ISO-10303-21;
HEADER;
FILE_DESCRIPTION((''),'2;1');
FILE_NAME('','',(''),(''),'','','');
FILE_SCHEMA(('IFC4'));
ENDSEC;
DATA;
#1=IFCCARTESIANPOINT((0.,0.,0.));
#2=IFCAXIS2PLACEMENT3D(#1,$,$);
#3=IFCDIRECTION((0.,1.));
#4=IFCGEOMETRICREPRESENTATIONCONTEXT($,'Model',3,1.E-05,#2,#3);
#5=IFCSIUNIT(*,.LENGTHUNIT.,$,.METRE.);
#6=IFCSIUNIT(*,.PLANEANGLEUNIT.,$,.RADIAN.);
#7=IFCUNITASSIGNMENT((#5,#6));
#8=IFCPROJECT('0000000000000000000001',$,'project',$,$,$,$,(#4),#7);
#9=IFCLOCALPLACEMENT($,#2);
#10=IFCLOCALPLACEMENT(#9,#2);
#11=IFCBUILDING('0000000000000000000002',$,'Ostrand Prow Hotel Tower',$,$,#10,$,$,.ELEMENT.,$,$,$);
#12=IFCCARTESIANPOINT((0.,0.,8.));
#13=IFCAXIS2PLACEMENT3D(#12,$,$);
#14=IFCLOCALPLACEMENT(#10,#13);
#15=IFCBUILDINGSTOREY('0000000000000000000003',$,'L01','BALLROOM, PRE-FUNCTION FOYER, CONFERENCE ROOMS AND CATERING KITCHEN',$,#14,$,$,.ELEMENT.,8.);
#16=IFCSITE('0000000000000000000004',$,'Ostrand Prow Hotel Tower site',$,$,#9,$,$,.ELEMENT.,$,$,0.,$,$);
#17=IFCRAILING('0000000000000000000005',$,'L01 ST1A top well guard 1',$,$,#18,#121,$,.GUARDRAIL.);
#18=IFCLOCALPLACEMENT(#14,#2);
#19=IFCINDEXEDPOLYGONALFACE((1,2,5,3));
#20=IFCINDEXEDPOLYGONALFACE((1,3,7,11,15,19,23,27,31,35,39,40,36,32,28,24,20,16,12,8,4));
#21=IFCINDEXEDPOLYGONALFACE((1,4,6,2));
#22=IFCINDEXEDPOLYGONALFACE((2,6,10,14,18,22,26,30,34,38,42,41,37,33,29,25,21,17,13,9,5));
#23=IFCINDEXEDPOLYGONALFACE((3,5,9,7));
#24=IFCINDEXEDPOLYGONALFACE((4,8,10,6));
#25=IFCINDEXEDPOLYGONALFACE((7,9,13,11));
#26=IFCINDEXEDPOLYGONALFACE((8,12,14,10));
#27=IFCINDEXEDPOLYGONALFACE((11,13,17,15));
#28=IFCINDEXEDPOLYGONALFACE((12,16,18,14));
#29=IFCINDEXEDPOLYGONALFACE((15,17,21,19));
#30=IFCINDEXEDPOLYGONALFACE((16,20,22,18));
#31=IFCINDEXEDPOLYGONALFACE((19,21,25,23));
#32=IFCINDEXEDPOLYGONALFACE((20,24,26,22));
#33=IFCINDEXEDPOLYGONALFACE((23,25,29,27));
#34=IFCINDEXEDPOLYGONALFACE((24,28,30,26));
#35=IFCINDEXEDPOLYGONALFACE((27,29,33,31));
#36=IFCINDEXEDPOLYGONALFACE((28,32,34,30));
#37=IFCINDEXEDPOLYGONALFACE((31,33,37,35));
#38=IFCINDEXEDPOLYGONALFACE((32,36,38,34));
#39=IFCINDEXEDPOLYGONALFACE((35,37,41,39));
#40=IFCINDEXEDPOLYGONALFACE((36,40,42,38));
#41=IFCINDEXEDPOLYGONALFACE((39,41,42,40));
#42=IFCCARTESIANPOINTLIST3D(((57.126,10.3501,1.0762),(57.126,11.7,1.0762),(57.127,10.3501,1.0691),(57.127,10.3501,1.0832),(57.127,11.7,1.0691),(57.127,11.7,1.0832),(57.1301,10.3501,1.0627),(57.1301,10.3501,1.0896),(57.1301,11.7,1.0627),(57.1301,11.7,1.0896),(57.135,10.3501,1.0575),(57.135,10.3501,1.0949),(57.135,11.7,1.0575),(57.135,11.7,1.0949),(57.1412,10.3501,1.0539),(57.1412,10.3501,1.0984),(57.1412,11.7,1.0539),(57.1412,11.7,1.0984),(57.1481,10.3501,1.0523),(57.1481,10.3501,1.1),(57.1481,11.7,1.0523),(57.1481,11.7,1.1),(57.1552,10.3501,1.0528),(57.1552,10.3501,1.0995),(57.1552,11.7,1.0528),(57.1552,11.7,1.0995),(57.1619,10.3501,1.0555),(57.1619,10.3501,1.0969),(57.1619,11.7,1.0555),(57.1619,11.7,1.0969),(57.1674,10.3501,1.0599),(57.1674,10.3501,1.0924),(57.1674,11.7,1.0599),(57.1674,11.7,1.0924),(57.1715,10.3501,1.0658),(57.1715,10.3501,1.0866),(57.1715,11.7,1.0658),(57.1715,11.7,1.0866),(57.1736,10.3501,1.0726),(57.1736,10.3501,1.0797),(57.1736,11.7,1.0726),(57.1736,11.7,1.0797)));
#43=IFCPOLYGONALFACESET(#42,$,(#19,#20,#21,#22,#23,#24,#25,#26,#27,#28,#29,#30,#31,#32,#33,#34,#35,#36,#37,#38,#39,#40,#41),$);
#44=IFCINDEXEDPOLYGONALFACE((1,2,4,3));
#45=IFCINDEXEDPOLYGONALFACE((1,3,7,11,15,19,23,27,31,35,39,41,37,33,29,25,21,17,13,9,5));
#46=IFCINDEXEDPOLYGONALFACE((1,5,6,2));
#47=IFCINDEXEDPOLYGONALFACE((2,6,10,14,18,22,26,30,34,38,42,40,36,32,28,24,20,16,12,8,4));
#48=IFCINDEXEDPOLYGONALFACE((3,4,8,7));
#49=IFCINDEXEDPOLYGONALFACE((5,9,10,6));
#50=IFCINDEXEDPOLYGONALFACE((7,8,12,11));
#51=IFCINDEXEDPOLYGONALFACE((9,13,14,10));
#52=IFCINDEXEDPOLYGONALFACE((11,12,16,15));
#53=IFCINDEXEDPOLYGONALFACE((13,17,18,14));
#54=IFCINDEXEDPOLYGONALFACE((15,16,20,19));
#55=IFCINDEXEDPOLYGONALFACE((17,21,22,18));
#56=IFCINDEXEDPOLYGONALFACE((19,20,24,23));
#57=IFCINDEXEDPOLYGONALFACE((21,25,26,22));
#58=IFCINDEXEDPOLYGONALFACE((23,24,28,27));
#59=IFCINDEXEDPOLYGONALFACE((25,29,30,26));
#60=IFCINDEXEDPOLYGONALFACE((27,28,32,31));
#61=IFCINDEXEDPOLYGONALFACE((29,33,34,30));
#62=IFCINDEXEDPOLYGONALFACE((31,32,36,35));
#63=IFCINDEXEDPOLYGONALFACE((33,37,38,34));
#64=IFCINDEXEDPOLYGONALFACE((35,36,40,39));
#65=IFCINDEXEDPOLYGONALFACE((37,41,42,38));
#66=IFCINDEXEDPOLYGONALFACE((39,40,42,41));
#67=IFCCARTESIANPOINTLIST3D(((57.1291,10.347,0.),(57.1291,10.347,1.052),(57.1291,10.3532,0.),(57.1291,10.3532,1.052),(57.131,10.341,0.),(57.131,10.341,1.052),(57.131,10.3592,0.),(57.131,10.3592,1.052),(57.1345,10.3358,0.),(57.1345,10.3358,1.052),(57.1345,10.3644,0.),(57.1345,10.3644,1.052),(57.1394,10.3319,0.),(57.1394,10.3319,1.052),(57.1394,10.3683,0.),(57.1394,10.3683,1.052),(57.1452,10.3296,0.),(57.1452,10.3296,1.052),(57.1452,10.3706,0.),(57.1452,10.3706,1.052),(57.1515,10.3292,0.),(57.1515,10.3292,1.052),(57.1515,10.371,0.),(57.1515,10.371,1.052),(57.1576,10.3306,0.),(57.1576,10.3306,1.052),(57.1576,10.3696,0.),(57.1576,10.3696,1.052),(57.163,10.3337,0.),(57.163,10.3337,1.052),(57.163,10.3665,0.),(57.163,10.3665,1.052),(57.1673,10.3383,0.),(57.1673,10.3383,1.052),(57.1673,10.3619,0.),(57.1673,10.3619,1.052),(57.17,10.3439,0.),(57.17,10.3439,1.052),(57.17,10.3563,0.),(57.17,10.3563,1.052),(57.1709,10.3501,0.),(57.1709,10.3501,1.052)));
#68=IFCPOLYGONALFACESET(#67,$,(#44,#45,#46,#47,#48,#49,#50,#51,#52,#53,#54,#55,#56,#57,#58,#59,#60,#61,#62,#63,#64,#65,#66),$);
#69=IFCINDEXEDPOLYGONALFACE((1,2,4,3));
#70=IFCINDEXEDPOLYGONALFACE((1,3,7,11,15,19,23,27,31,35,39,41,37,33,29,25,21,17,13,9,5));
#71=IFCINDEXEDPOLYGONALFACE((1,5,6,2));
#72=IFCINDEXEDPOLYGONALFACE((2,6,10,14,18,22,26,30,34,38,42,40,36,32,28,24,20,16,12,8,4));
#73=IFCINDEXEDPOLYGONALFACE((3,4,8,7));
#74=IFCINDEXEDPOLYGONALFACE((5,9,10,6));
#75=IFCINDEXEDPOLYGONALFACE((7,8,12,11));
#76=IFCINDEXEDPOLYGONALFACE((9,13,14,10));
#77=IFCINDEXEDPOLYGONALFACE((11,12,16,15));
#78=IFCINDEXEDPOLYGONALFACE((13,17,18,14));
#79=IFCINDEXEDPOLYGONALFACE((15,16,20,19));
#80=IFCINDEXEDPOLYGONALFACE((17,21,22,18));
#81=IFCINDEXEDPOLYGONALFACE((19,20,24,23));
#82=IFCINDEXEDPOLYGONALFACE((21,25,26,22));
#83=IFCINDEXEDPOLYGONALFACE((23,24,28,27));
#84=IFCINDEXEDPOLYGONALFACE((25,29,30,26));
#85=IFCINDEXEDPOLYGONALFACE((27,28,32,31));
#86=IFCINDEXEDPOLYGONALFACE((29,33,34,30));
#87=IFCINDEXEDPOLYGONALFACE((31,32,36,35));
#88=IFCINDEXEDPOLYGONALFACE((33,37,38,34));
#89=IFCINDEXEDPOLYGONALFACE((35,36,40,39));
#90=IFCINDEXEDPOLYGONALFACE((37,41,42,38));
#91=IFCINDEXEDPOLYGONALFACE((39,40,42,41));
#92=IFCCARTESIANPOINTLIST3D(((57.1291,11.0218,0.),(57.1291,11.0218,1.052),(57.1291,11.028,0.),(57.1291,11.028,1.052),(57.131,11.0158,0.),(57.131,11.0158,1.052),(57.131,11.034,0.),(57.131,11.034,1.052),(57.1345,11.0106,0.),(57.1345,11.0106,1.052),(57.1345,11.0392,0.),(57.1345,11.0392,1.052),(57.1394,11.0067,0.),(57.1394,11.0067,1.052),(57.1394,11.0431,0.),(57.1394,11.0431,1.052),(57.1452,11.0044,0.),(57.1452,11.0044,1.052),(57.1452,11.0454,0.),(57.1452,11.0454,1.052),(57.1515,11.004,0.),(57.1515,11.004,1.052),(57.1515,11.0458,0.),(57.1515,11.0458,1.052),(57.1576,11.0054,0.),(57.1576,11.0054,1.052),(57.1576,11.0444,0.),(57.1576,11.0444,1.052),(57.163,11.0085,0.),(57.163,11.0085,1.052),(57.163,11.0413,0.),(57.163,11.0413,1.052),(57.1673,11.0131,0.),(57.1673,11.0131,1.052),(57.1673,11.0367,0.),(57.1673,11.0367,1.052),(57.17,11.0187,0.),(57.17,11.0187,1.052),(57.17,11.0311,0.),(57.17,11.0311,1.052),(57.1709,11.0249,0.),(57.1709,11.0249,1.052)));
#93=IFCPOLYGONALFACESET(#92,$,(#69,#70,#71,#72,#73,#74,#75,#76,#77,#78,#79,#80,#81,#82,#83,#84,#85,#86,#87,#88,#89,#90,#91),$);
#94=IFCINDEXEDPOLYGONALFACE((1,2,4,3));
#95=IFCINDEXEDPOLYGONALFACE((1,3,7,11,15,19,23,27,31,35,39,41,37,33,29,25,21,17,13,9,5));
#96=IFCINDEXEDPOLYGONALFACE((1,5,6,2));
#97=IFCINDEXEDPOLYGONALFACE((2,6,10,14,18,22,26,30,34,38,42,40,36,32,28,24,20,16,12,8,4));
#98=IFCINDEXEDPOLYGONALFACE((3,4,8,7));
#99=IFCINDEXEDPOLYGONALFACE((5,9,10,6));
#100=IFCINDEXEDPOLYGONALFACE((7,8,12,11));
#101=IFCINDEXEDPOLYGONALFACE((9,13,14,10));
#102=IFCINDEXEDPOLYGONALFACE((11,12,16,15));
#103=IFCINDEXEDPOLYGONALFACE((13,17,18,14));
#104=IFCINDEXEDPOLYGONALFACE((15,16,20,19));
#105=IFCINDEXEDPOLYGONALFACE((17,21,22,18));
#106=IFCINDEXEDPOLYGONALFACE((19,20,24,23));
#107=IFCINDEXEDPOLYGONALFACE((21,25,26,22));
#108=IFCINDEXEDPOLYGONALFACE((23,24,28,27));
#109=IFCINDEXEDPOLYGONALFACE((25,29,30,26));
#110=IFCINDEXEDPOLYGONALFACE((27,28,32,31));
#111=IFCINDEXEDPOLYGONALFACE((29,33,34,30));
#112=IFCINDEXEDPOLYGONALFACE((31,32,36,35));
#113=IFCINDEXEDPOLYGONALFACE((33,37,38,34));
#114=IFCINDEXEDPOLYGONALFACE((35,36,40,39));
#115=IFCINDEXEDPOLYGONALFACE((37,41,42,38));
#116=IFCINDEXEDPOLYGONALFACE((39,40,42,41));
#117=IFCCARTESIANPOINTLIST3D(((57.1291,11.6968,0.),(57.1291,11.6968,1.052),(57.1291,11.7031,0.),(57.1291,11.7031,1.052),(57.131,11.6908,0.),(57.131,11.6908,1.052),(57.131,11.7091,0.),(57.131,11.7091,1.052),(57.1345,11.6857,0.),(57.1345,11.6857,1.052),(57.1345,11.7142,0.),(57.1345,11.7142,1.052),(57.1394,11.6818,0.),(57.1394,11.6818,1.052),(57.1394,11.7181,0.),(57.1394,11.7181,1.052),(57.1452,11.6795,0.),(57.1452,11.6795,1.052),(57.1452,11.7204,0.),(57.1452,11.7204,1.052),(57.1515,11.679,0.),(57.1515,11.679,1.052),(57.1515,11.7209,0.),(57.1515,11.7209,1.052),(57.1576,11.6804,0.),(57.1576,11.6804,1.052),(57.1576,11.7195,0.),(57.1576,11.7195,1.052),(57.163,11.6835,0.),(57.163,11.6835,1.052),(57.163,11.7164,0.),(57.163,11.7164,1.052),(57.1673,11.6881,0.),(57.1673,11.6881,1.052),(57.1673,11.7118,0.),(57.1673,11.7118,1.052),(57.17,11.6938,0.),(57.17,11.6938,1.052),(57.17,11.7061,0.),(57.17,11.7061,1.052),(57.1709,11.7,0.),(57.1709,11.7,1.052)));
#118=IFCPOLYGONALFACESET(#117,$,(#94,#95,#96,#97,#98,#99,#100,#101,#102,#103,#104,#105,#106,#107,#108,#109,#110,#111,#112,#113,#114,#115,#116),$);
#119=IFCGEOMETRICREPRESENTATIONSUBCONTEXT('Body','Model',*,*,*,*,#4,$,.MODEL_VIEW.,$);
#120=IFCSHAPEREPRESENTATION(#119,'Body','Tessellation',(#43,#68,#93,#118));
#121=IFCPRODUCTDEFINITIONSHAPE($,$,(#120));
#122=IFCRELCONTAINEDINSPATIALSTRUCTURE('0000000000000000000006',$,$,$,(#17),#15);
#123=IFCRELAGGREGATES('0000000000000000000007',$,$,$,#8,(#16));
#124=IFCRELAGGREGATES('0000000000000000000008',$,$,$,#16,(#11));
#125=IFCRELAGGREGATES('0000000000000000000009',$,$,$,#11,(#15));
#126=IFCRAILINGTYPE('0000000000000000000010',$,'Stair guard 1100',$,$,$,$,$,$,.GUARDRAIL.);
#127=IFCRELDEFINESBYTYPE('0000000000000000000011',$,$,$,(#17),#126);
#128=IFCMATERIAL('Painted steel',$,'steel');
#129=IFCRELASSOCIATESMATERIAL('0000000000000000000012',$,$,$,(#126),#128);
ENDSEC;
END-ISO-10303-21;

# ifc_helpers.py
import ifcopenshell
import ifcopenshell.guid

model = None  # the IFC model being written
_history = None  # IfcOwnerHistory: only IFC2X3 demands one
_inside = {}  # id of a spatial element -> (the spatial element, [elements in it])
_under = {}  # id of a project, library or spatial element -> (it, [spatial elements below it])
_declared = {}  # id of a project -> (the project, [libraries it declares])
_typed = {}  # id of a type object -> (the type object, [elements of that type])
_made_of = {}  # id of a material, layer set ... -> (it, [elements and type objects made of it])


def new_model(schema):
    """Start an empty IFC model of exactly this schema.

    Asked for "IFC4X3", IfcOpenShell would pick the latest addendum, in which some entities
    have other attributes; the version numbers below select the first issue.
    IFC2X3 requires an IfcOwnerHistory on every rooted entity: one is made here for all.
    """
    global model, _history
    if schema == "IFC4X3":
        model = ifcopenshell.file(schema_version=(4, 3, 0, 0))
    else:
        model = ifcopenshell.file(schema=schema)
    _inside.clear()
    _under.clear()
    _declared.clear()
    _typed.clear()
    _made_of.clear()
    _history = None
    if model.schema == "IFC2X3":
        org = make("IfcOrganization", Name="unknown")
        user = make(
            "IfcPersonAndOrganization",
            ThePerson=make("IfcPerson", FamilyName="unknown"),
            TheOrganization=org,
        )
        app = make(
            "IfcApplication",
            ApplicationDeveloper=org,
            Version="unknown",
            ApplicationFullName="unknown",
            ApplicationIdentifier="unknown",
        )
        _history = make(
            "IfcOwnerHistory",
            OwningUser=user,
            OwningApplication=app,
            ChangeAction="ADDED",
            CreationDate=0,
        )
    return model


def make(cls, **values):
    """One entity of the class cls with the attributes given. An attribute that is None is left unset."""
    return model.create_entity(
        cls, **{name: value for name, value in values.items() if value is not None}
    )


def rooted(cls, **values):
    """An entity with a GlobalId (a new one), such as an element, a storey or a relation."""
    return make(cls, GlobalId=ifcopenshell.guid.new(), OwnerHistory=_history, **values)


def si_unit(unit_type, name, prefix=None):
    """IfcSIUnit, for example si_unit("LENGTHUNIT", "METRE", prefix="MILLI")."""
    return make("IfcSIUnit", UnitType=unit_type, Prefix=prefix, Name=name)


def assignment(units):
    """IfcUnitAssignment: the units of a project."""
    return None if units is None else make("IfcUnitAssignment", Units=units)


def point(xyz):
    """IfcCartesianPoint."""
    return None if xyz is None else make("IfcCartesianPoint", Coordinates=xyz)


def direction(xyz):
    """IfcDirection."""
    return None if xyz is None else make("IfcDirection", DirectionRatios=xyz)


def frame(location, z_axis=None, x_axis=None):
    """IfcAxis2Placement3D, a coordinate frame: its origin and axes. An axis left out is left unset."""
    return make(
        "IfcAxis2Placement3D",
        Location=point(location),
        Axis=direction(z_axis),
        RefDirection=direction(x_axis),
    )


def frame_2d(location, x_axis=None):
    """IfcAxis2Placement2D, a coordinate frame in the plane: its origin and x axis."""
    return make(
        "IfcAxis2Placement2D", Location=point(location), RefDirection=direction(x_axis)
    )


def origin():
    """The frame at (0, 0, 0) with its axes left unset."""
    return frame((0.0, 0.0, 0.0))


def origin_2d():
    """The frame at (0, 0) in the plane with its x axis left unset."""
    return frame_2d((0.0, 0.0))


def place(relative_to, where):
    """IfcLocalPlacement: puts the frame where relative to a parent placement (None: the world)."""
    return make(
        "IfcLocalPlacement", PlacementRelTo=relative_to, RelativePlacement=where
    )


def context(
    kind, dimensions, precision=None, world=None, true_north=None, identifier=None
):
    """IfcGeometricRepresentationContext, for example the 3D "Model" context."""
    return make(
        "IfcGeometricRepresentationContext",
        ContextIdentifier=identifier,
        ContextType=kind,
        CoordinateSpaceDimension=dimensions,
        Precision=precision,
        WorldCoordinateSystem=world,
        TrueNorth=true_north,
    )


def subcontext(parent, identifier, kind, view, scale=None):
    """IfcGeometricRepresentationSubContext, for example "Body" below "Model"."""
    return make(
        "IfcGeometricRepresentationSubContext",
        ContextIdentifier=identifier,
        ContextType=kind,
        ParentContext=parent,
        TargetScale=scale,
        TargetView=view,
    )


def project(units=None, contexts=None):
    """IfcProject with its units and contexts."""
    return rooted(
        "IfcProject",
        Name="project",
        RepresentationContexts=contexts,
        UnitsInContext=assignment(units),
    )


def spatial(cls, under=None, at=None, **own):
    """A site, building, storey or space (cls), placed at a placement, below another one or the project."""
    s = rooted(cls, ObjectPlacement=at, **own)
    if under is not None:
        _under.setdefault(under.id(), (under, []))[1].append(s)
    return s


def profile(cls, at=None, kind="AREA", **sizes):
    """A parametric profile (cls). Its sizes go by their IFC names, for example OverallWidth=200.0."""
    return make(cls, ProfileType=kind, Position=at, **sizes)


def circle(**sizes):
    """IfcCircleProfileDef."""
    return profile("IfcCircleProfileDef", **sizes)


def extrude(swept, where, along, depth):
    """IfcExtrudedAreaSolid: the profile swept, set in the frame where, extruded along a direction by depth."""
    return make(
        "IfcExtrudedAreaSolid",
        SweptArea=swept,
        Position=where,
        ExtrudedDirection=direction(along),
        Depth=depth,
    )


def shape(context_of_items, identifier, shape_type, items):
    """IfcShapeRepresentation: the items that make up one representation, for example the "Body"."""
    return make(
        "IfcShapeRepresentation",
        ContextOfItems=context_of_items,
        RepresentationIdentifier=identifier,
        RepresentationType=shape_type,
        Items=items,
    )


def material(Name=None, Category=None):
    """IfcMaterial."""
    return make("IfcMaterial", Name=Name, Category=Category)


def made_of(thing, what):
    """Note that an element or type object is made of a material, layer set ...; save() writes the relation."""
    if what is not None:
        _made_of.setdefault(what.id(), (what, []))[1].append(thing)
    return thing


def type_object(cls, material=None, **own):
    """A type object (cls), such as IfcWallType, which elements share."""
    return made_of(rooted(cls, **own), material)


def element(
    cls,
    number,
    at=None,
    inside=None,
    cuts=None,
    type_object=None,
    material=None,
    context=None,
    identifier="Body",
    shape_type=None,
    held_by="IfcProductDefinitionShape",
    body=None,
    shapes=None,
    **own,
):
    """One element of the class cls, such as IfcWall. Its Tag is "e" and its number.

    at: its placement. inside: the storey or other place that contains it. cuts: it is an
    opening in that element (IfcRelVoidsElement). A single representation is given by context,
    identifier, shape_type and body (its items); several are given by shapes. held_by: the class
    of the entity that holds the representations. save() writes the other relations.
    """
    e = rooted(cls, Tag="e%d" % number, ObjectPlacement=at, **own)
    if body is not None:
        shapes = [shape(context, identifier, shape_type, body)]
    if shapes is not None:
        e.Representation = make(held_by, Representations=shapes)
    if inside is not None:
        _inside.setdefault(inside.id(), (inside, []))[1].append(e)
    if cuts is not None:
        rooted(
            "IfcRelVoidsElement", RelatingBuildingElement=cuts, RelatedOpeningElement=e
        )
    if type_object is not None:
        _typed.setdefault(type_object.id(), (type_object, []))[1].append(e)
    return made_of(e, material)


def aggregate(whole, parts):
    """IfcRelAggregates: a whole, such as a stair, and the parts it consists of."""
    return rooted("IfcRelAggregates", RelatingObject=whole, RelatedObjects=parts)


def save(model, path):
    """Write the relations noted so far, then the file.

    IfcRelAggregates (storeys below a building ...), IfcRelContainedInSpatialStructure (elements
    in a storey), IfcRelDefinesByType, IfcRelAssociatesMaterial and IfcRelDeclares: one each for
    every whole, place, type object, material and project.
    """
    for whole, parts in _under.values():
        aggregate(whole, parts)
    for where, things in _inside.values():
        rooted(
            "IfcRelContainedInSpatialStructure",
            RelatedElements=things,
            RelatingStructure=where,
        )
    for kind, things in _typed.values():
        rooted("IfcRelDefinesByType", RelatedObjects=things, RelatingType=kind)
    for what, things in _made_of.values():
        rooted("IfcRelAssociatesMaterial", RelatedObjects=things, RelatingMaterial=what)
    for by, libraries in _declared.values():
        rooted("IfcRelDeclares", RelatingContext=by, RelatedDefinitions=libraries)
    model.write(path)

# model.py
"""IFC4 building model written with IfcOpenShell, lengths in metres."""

from ifc_helpers import new_model, si_unit, direction, frame, origin, origin_2d, place, context, subcontext, project, spatial, circle, extrude, material, type_object, element, save


model = new_model("IFC4")

# Units and contexts
model_context = context("Model", 3, precision=1e-05, world=origin(), true_north=direction((0.0, 1.0)))
body_context = subcontext(model_context, "Body", "Model", "MODEL_VIEW")
ifc_project = project(units=[si_unit("LENGTHUNIT", "METRE"), si_unit("PLANEANGLEUNIT", "RADIAN")], contexts=[model_context])

# Site, building, storey
site_placement = place(None, origin())
site = spatial("IfcSite", under=ifc_project, at=site_placement, Name="Ostrand Prow Hotel Tower site", CompositionType="ELEMENT", RefElevation=0.0)
building_placement = place(site_placement, origin())
building = spatial("IfcBuilding", under=site, at=building_placement, Name="Ostrand Prow Hotel Tower", CompositionType="ELEMENT")
storey_placement = place(building_placement, frame((0.0, 0.0, 8.0)))
storey = spatial("IfcBuildingStorey", under=building, at=storey_placement, Name="L01", Description="BALLROOM, PRE-FUNCTION FOYER, CONFERENCE ROOMS AND CATERING KITCHEN", CompositionType="ELEMENT", Elevation=8.0)

# Railing
ifc_material_1 = material(Name="Painted steel", Category="steel")
railing_type_1 = type_object("IfcRailingType", Name="Stair guard 1100", PredefinedType="GUARDRAIL", material=ifc_material_1)
railing_1_placement = place(storey_placement, frame((57.1499, 10.3501, 0.0)))
element("IfcRailing", 1, at=railing_1_placement, inside=storey, type_object=railing_type_1, Name="L01 ST1A top well guard 1", PredefinedType="GUARDRAIL", context=body_context, shape_type="SweptSolid", body=[
    extrude(circle(Radius=0.0239, at=origin_2d()), frame((0.0, 0.0, 1.0762), z_axis=(0.0, 1.0, 0.0), x_axis=(-1.0, 0.0, 0.0)), (0.0, 0.0, 1.0), 1.3499),
    extrude(circle(Radius=0.021, at=origin_2d()), origin(), (0.0, 0.0, 1.0), 1.052),
    extrude(circle(Radius=0.021, at=origin_2d()), frame((0.0, 0.6748, 0.0)), (0.0, 0.0, 1.0), 1.052),
    extrude(circle(Radius=0.021, at=origin_2d()), frame((0.0, 1.3499, 0.0)), (0.0, 0.0, 1.0), 1.052),
])

save(model, "model.ifc")
